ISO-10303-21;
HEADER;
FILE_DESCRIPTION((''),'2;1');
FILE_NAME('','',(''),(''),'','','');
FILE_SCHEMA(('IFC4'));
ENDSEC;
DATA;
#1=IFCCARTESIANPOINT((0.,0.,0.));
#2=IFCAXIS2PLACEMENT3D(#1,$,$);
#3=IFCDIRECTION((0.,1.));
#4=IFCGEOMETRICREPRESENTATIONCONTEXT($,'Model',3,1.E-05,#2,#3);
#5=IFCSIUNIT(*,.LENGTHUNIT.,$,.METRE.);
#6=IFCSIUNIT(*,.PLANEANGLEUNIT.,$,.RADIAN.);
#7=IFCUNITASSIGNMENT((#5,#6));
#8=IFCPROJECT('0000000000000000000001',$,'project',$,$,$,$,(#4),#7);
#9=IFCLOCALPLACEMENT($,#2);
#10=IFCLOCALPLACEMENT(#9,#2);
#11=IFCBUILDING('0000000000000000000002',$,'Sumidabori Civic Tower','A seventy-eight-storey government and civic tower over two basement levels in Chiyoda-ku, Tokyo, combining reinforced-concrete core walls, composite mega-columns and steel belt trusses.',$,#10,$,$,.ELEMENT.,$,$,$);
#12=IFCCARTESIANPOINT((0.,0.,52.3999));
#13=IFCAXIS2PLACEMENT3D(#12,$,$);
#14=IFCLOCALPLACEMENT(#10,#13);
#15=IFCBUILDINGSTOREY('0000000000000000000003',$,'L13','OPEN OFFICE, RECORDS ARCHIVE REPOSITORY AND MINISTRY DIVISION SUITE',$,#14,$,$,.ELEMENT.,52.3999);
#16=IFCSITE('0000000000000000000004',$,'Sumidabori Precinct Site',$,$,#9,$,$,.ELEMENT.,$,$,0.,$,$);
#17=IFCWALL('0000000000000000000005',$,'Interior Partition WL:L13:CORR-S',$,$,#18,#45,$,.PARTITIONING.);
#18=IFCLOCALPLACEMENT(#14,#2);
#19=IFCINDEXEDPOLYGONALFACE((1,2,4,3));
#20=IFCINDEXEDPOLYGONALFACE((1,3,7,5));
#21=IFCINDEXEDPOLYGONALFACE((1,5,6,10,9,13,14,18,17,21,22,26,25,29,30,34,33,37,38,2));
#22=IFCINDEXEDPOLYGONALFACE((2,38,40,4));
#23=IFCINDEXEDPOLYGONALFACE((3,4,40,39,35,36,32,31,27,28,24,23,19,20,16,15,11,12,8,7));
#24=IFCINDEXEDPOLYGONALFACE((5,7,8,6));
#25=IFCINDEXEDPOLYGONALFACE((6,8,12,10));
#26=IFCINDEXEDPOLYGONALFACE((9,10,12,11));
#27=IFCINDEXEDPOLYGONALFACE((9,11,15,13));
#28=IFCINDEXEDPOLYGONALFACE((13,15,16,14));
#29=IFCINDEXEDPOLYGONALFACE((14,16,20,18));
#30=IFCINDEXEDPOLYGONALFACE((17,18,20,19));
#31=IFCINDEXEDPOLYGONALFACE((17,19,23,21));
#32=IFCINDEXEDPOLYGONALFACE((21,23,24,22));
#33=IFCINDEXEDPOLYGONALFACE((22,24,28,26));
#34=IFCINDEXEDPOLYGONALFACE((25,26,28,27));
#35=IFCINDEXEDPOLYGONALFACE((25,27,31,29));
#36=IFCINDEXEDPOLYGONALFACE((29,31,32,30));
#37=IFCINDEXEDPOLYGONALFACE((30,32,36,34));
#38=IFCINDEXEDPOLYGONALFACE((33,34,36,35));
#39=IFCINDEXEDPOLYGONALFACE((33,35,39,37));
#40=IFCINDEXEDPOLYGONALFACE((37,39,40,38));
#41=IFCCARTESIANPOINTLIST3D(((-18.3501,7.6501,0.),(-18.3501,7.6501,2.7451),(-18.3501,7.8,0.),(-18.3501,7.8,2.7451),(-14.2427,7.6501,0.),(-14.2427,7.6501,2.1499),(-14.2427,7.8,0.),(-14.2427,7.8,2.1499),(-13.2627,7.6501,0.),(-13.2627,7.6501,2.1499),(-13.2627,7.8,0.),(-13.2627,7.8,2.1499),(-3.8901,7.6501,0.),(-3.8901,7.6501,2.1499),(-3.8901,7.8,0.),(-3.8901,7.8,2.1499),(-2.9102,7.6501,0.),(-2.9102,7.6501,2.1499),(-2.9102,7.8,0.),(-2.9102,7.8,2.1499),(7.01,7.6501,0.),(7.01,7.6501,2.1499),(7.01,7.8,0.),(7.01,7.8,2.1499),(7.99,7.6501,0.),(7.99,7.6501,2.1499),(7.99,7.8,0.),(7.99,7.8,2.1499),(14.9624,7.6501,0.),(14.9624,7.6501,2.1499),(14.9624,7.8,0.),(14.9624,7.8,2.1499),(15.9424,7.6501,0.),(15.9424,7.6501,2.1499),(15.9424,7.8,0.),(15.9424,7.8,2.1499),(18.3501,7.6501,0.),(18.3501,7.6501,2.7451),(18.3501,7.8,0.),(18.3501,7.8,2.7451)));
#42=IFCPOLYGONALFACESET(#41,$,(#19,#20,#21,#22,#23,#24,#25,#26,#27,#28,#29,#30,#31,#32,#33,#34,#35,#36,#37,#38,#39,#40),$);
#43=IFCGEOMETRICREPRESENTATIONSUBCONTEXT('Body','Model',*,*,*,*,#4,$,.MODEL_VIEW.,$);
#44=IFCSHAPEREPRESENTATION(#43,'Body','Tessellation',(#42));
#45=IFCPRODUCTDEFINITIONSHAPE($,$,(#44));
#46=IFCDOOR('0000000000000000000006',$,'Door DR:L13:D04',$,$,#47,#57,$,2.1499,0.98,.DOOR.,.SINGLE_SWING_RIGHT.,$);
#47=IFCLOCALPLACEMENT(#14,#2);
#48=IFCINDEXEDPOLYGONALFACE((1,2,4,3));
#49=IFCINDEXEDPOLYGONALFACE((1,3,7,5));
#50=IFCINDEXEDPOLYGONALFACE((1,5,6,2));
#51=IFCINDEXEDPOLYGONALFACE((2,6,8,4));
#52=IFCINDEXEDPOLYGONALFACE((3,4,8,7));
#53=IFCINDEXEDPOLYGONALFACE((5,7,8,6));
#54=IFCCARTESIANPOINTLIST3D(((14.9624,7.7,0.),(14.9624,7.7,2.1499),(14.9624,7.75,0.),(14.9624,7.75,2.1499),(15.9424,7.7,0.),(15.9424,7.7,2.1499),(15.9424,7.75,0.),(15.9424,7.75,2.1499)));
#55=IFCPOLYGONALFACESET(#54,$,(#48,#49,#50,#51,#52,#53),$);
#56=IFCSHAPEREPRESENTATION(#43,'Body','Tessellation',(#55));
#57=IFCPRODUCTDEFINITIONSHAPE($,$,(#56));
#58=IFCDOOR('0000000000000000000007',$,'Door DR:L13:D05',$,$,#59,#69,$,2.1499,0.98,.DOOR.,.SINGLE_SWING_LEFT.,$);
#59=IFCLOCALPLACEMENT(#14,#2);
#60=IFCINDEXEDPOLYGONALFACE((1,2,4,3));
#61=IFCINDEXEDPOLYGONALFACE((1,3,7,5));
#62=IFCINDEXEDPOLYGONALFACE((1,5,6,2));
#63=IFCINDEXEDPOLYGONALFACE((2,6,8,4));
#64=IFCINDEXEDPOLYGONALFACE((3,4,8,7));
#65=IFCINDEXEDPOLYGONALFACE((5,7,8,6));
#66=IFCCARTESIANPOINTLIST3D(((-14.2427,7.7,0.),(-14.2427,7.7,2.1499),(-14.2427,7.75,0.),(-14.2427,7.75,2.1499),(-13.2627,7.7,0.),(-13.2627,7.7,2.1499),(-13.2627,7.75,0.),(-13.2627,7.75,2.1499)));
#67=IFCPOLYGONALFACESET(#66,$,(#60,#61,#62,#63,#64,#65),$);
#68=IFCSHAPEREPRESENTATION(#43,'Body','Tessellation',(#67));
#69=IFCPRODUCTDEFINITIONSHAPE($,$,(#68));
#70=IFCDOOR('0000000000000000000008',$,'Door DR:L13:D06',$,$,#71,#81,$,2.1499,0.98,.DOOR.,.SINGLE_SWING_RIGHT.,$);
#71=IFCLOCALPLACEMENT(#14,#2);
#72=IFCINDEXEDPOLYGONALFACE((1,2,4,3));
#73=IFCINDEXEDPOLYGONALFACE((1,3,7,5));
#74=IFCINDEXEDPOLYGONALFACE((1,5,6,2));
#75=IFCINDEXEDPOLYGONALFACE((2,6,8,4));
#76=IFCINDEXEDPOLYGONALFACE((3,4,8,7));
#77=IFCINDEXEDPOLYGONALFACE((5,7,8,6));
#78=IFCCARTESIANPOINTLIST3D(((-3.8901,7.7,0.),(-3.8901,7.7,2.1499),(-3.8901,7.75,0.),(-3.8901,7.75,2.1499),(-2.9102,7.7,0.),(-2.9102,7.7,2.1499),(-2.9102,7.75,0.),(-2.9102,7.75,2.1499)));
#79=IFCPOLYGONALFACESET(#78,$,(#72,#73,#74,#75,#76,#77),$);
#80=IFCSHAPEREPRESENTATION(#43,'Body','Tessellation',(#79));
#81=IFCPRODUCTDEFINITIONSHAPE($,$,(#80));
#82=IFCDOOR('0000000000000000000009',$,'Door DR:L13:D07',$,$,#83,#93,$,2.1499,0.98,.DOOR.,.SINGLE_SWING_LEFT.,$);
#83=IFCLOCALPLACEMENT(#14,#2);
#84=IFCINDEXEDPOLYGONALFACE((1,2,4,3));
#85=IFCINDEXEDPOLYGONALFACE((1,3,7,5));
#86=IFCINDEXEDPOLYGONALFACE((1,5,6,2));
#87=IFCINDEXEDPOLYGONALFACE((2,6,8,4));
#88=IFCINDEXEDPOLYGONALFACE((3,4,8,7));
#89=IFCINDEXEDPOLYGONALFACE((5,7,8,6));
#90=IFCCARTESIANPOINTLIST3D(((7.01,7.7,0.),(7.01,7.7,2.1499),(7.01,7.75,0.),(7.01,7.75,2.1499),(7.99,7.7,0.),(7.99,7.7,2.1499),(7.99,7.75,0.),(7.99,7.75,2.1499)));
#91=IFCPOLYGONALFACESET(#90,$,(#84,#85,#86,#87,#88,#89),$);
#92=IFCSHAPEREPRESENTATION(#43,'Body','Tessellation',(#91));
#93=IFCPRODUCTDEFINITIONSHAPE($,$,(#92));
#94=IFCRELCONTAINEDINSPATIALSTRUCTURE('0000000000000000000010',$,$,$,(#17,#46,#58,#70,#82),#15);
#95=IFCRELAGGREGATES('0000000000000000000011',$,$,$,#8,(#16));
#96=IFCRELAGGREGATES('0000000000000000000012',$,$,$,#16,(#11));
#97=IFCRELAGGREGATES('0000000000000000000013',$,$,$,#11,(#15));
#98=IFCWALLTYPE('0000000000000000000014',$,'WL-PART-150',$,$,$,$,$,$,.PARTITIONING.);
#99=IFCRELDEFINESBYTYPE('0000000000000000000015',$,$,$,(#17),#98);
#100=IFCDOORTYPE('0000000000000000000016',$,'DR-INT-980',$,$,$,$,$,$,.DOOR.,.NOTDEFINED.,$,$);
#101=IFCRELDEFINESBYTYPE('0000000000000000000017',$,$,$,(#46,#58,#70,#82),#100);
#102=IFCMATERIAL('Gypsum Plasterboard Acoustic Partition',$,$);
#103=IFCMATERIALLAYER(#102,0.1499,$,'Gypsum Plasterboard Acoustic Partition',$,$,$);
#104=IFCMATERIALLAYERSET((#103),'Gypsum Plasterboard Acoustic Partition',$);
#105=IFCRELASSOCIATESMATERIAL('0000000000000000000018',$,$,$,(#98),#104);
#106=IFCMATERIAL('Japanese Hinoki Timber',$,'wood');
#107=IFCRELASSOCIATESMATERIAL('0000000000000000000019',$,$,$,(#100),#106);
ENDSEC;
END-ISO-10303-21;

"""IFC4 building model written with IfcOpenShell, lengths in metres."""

from ifc_helpers import new_model, si_unit, direction, frame, frame_2d, origin, place, context, subcontext, project, spatial, rectangle, extrude, source, transform, mapped, material, layer, layer_set, type_object, element, fill, save


model = new_model("IFC4")

# Units and contexts
model_context = context("Model", 3, precision=1e-05, world=origin(), true_north=direction((0.0, 1.0)))
body_context = subcontext(model_context, "Body", "Model", "MODEL_VIEW")
ifc_project = project(units=[si_unit("LENGTHUNIT", "METRE"), si_unit("PLANEANGLEUNIT", "RADIAN")], contexts=[model_context])

# Site, building, storey
site_placement = place(None, origin())
site = spatial("IfcSite", under=ifc_project, at=site_placement, Name="Sumidabori Precinct Site", CompositionType="ELEMENT", RefElevation=0.0)
building_placement = place(site_placement, origin())
building = spatial("IfcBuilding", under=site, at=building_placement, Name="Sumidabori Civic Tower", Description="A seventy-eight-storey government and civic tower over two basement levels in Chiyoda-ku, Tokyo, combining reinforced-concrete core walls, composite mega-columns and steel belt trusses.", CompositionType="ELEMENT")
storey_placement = place(building_placement, frame((0.0, 0.0, 52.3999)))
storey = spatial("IfcBuildingStorey", under=building, at=storey_placement, Name="L13", Description="OPEN OFFICE, RECORDS ARCHIVE REPOSITORY AND MINISTRY DIVISION SUITE", CompositionType="ELEMENT", Elevation=52.3999)

# Shared definitions
ifc_material_1 = material(Name="Gypsum Plasterboard Acoustic Partition")
ifc_layer_1 = layer(ifc_material_1, 0.1499, Name="Gypsum Plasterboard Acoustic Partition")
ifc_layer_set_1 = layer_set([ifc_layer_1], Name="Gypsum Plasterboard Acoustic Partition")
wall_type_1 = type_object("IfcWallType", Name="WL-PART-150", PredefinedType="PARTITIONING", material=ifc_layer_set_1)

# Shared definitions
ifc_material_2 = material(Name="Japanese Hinoki Timber", Category="wood")

# Wall, openings, doors
shared_shape_1 = source(origin(), body_context, "Body", "SweptSolid", [
    extrude(rectangle(XDim=36.7002, YDim=0.1499, at=frame_2d((18.3501, 0.0))), origin(), (0.0, 0.0, 1.0), 2.7451),
])
wall_1_placement = place(storey_placement, frame((-18.3501, 7.7251, 0.0), z_axis=(0.0, 0.0, 1.0), x_axis=(1.0, 0.0, 0.0)))
wall_1 = element("IfcWall", 1, at=wall_1_placement, inside=storey, type_object=wall_type_1, Name="Interior Partition WL:L13:CORR-S", PredefinedType="PARTITIONING", context=body_context, shape_type="MappedRepresentation", body=[
    mapped(shared_shape_1, transform((0.0, 0.0, 0.0), x_axis=(1.0, 0.0, 0.0), y_axis=(0.0, 1.0, 0.0), z_axis=(0.0, 0.0, 1.0), scale=1.0)),
])
opening_1_placement = place(wall_1_placement, frame((33.3125, 0.0, 0.0)))
opening_1 = element("IfcOpeningElement", 2, at=opening_1_placement, cuts=wall_1, PredefinedType="OPENING", context=body_context, shape_type="SweptSolid", body=[
    extrude(rectangle(XDim=0.98, YDim=2.1499, at=frame_2d((0.49, 1.075))), frame((0.0, 0.0869, 0.0), z_axis=(0.0, -1.0, 0.0), x_axis=(1.0, 0.0, 0.0)), (0.0, 0.0, 1.0), 0.1738),
])
opening_2_placement = place(wall_1_placement, frame((4.1074, 0.0, 0.0)))
opening_2 = element("IfcOpeningElement", 3, at=opening_2_placement, cuts=wall_1, PredefinedType="OPENING", context=body_context, shape_type="SweptSolid", body=[
    extrude(rectangle(XDim=0.98, YDim=2.1499, at=frame_2d((0.49, 1.075))), frame((0.0, 0.0869, 0.0), z_axis=(0.0, -1.0, 0.0), x_axis=(1.0, 0.0, 0.0)), (0.0, 0.0, 1.0), 0.1738),
])
opening_3_placement = place(wall_1_placement, frame((14.46, 0.0, 0.0)))
opening_3 = element("IfcOpeningElement", 4, at=opening_3_placement, cuts=wall_1, PredefinedType="OPENING", context=body_context, shape_type="SweptSolid", body=[
    extrude(rectangle(XDim=0.98, YDim=2.1499, at=frame_2d((0.49, 1.075))), frame((0.0, 0.0869, 0.0), z_axis=(0.0, -1.0, 0.0), x_axis=(1.0, 0.0, 0.0)), (0.0, 0.0, 1.0), 0.1738),
])
opening_4_placement = place(wall_1_placement, frame((25.3601, 0.0, 0.0)))
opening_4 = element("IfcOpeningElement", 5, at=opening_4_placement, cuts=wall_1, PredefinedType="OPENING", context=body_context, shape_type="SweptSolid", body=[
    extrude(rectangle(XDim=0.98, YDim=2.1499, at=frame_2d((0.49, 1.075))), frame((0.0, 0.0869, 0.0), z_axis=(0.0, -1.0, 0.0), x_axis=(1.0, 0.0, 0.0)), (0.0, 0.0, 1.0), 0.1738),
])
door_type_1 = type_object("IfcDoorType", Name="DR-INT-980", OperationType="NOTDEFINED", PredefinedType="DOOR", material=ifc_material_2)
shared_shape_2 = source(origin(), body_context, "Body", "SweptSolid", [
    extrude(rectangle(XDim=0.98, YDim=2.1499, at=frame_2d((0.49, 1.075))), frame((0.0, 0.0249, 0.0), z_axis=(0.0, -1.0, 0.0), x_axis=(1.0, 0.0, 0.0)), (0.0, 0.0, 1.0), 0.05),
])
door_1_placement = place(opening_1_placement, origin())
door_1 = element("IfcDoor", 6, at=door_1_placement, inside=storey, type_object=door_type_1, Name="Door DR:L13:D04", OperationType="SINGLE_SWING_RIGHT", OverallHeight=2.1499, OverallWidth=0.98, PredefinedType="DOOR", context=body_context, shape_type="MappedRepresentation", body=[
    mapped(shared_shape_2, transform((0.0, 0.0, 0.0), x_axis=(1.0, 0.0, 0.0), y_axis=(0.0, 1.0, 0.0), z_axis=(0.0, 0.0, 1.0), scale=1.0)),
])
fill(opening_1, door_1)
door_2_placement = place(opening_2_placement, origin())
door_2 = element("IfcDoor", 7, at=door_2_placement, inside=storey, type_object=door_type_1, Name="Door DR:L13:D05", OperationType="SINGLE_SWING_LEFT", OverallHeight=2.1499, OverallWidth=0.98, PredefinedType="DOOR", context=body_context, shape_type="MappedRepresentation", body=[
    mapped(shared_shape_2, transform((0.0, 0.0, 0.0), x_axis=(1.0, 0.0, 0.0), y_axis=(0.0, 1.0, 0.0), z_axis=(0.0, 0.0, 1.0), scale=1.0)),
])
fill(opening_2, door_2)
door_3_placement = place(opening_3_placement, origin())
door_3 = element("IfcDoor", 8, at=door_3_placement, inside=storey, type_object=door_type_1, Name="Door DR:L13:D06", OperationType="SINGLE_SWING_RIGHT", OverallHeight=2.1499, OverallWidth=0.98, PredefinedType="DOOR", context=body_context, shape_type="MappedRepresentation", body=[
    mapped(shared_shape_2, transform((0.0, 0.0, 0.0), x_axis=(1.0, 0.0, 0.0), y_axis=(0.0, 1.0, 0.0), z_axis=(0.0, 0.0, 1.0), scale=1.0)),
])
fill(opening_3, door_3)
door_4_placement = place(opening_4_placement, origin())
door_4 = element("IfcDoor", 9, at=door_4_placement, inside=storey, type_object=door_type_1, Name="Door DR:L13:D07", OperationType="SINGLE_SWING_LEFT", OverallHeight=2.1499, OverallWidth=0.98, PredefinedType="DOOR", context=body_context, shape_type="MappedRepresentation", body=[
    mapped(shared_shape_2, transform((0.0, 0.0, 0.0), x_axis=(1.0, 0.0, 0.0), y_axis=(0.0, 1.0, 0.0), z_axis=(0.0, 0.0, 1.0), scale=1.0)),
])
fill(opening_4, door_4)

save(model, "model.ifc")
